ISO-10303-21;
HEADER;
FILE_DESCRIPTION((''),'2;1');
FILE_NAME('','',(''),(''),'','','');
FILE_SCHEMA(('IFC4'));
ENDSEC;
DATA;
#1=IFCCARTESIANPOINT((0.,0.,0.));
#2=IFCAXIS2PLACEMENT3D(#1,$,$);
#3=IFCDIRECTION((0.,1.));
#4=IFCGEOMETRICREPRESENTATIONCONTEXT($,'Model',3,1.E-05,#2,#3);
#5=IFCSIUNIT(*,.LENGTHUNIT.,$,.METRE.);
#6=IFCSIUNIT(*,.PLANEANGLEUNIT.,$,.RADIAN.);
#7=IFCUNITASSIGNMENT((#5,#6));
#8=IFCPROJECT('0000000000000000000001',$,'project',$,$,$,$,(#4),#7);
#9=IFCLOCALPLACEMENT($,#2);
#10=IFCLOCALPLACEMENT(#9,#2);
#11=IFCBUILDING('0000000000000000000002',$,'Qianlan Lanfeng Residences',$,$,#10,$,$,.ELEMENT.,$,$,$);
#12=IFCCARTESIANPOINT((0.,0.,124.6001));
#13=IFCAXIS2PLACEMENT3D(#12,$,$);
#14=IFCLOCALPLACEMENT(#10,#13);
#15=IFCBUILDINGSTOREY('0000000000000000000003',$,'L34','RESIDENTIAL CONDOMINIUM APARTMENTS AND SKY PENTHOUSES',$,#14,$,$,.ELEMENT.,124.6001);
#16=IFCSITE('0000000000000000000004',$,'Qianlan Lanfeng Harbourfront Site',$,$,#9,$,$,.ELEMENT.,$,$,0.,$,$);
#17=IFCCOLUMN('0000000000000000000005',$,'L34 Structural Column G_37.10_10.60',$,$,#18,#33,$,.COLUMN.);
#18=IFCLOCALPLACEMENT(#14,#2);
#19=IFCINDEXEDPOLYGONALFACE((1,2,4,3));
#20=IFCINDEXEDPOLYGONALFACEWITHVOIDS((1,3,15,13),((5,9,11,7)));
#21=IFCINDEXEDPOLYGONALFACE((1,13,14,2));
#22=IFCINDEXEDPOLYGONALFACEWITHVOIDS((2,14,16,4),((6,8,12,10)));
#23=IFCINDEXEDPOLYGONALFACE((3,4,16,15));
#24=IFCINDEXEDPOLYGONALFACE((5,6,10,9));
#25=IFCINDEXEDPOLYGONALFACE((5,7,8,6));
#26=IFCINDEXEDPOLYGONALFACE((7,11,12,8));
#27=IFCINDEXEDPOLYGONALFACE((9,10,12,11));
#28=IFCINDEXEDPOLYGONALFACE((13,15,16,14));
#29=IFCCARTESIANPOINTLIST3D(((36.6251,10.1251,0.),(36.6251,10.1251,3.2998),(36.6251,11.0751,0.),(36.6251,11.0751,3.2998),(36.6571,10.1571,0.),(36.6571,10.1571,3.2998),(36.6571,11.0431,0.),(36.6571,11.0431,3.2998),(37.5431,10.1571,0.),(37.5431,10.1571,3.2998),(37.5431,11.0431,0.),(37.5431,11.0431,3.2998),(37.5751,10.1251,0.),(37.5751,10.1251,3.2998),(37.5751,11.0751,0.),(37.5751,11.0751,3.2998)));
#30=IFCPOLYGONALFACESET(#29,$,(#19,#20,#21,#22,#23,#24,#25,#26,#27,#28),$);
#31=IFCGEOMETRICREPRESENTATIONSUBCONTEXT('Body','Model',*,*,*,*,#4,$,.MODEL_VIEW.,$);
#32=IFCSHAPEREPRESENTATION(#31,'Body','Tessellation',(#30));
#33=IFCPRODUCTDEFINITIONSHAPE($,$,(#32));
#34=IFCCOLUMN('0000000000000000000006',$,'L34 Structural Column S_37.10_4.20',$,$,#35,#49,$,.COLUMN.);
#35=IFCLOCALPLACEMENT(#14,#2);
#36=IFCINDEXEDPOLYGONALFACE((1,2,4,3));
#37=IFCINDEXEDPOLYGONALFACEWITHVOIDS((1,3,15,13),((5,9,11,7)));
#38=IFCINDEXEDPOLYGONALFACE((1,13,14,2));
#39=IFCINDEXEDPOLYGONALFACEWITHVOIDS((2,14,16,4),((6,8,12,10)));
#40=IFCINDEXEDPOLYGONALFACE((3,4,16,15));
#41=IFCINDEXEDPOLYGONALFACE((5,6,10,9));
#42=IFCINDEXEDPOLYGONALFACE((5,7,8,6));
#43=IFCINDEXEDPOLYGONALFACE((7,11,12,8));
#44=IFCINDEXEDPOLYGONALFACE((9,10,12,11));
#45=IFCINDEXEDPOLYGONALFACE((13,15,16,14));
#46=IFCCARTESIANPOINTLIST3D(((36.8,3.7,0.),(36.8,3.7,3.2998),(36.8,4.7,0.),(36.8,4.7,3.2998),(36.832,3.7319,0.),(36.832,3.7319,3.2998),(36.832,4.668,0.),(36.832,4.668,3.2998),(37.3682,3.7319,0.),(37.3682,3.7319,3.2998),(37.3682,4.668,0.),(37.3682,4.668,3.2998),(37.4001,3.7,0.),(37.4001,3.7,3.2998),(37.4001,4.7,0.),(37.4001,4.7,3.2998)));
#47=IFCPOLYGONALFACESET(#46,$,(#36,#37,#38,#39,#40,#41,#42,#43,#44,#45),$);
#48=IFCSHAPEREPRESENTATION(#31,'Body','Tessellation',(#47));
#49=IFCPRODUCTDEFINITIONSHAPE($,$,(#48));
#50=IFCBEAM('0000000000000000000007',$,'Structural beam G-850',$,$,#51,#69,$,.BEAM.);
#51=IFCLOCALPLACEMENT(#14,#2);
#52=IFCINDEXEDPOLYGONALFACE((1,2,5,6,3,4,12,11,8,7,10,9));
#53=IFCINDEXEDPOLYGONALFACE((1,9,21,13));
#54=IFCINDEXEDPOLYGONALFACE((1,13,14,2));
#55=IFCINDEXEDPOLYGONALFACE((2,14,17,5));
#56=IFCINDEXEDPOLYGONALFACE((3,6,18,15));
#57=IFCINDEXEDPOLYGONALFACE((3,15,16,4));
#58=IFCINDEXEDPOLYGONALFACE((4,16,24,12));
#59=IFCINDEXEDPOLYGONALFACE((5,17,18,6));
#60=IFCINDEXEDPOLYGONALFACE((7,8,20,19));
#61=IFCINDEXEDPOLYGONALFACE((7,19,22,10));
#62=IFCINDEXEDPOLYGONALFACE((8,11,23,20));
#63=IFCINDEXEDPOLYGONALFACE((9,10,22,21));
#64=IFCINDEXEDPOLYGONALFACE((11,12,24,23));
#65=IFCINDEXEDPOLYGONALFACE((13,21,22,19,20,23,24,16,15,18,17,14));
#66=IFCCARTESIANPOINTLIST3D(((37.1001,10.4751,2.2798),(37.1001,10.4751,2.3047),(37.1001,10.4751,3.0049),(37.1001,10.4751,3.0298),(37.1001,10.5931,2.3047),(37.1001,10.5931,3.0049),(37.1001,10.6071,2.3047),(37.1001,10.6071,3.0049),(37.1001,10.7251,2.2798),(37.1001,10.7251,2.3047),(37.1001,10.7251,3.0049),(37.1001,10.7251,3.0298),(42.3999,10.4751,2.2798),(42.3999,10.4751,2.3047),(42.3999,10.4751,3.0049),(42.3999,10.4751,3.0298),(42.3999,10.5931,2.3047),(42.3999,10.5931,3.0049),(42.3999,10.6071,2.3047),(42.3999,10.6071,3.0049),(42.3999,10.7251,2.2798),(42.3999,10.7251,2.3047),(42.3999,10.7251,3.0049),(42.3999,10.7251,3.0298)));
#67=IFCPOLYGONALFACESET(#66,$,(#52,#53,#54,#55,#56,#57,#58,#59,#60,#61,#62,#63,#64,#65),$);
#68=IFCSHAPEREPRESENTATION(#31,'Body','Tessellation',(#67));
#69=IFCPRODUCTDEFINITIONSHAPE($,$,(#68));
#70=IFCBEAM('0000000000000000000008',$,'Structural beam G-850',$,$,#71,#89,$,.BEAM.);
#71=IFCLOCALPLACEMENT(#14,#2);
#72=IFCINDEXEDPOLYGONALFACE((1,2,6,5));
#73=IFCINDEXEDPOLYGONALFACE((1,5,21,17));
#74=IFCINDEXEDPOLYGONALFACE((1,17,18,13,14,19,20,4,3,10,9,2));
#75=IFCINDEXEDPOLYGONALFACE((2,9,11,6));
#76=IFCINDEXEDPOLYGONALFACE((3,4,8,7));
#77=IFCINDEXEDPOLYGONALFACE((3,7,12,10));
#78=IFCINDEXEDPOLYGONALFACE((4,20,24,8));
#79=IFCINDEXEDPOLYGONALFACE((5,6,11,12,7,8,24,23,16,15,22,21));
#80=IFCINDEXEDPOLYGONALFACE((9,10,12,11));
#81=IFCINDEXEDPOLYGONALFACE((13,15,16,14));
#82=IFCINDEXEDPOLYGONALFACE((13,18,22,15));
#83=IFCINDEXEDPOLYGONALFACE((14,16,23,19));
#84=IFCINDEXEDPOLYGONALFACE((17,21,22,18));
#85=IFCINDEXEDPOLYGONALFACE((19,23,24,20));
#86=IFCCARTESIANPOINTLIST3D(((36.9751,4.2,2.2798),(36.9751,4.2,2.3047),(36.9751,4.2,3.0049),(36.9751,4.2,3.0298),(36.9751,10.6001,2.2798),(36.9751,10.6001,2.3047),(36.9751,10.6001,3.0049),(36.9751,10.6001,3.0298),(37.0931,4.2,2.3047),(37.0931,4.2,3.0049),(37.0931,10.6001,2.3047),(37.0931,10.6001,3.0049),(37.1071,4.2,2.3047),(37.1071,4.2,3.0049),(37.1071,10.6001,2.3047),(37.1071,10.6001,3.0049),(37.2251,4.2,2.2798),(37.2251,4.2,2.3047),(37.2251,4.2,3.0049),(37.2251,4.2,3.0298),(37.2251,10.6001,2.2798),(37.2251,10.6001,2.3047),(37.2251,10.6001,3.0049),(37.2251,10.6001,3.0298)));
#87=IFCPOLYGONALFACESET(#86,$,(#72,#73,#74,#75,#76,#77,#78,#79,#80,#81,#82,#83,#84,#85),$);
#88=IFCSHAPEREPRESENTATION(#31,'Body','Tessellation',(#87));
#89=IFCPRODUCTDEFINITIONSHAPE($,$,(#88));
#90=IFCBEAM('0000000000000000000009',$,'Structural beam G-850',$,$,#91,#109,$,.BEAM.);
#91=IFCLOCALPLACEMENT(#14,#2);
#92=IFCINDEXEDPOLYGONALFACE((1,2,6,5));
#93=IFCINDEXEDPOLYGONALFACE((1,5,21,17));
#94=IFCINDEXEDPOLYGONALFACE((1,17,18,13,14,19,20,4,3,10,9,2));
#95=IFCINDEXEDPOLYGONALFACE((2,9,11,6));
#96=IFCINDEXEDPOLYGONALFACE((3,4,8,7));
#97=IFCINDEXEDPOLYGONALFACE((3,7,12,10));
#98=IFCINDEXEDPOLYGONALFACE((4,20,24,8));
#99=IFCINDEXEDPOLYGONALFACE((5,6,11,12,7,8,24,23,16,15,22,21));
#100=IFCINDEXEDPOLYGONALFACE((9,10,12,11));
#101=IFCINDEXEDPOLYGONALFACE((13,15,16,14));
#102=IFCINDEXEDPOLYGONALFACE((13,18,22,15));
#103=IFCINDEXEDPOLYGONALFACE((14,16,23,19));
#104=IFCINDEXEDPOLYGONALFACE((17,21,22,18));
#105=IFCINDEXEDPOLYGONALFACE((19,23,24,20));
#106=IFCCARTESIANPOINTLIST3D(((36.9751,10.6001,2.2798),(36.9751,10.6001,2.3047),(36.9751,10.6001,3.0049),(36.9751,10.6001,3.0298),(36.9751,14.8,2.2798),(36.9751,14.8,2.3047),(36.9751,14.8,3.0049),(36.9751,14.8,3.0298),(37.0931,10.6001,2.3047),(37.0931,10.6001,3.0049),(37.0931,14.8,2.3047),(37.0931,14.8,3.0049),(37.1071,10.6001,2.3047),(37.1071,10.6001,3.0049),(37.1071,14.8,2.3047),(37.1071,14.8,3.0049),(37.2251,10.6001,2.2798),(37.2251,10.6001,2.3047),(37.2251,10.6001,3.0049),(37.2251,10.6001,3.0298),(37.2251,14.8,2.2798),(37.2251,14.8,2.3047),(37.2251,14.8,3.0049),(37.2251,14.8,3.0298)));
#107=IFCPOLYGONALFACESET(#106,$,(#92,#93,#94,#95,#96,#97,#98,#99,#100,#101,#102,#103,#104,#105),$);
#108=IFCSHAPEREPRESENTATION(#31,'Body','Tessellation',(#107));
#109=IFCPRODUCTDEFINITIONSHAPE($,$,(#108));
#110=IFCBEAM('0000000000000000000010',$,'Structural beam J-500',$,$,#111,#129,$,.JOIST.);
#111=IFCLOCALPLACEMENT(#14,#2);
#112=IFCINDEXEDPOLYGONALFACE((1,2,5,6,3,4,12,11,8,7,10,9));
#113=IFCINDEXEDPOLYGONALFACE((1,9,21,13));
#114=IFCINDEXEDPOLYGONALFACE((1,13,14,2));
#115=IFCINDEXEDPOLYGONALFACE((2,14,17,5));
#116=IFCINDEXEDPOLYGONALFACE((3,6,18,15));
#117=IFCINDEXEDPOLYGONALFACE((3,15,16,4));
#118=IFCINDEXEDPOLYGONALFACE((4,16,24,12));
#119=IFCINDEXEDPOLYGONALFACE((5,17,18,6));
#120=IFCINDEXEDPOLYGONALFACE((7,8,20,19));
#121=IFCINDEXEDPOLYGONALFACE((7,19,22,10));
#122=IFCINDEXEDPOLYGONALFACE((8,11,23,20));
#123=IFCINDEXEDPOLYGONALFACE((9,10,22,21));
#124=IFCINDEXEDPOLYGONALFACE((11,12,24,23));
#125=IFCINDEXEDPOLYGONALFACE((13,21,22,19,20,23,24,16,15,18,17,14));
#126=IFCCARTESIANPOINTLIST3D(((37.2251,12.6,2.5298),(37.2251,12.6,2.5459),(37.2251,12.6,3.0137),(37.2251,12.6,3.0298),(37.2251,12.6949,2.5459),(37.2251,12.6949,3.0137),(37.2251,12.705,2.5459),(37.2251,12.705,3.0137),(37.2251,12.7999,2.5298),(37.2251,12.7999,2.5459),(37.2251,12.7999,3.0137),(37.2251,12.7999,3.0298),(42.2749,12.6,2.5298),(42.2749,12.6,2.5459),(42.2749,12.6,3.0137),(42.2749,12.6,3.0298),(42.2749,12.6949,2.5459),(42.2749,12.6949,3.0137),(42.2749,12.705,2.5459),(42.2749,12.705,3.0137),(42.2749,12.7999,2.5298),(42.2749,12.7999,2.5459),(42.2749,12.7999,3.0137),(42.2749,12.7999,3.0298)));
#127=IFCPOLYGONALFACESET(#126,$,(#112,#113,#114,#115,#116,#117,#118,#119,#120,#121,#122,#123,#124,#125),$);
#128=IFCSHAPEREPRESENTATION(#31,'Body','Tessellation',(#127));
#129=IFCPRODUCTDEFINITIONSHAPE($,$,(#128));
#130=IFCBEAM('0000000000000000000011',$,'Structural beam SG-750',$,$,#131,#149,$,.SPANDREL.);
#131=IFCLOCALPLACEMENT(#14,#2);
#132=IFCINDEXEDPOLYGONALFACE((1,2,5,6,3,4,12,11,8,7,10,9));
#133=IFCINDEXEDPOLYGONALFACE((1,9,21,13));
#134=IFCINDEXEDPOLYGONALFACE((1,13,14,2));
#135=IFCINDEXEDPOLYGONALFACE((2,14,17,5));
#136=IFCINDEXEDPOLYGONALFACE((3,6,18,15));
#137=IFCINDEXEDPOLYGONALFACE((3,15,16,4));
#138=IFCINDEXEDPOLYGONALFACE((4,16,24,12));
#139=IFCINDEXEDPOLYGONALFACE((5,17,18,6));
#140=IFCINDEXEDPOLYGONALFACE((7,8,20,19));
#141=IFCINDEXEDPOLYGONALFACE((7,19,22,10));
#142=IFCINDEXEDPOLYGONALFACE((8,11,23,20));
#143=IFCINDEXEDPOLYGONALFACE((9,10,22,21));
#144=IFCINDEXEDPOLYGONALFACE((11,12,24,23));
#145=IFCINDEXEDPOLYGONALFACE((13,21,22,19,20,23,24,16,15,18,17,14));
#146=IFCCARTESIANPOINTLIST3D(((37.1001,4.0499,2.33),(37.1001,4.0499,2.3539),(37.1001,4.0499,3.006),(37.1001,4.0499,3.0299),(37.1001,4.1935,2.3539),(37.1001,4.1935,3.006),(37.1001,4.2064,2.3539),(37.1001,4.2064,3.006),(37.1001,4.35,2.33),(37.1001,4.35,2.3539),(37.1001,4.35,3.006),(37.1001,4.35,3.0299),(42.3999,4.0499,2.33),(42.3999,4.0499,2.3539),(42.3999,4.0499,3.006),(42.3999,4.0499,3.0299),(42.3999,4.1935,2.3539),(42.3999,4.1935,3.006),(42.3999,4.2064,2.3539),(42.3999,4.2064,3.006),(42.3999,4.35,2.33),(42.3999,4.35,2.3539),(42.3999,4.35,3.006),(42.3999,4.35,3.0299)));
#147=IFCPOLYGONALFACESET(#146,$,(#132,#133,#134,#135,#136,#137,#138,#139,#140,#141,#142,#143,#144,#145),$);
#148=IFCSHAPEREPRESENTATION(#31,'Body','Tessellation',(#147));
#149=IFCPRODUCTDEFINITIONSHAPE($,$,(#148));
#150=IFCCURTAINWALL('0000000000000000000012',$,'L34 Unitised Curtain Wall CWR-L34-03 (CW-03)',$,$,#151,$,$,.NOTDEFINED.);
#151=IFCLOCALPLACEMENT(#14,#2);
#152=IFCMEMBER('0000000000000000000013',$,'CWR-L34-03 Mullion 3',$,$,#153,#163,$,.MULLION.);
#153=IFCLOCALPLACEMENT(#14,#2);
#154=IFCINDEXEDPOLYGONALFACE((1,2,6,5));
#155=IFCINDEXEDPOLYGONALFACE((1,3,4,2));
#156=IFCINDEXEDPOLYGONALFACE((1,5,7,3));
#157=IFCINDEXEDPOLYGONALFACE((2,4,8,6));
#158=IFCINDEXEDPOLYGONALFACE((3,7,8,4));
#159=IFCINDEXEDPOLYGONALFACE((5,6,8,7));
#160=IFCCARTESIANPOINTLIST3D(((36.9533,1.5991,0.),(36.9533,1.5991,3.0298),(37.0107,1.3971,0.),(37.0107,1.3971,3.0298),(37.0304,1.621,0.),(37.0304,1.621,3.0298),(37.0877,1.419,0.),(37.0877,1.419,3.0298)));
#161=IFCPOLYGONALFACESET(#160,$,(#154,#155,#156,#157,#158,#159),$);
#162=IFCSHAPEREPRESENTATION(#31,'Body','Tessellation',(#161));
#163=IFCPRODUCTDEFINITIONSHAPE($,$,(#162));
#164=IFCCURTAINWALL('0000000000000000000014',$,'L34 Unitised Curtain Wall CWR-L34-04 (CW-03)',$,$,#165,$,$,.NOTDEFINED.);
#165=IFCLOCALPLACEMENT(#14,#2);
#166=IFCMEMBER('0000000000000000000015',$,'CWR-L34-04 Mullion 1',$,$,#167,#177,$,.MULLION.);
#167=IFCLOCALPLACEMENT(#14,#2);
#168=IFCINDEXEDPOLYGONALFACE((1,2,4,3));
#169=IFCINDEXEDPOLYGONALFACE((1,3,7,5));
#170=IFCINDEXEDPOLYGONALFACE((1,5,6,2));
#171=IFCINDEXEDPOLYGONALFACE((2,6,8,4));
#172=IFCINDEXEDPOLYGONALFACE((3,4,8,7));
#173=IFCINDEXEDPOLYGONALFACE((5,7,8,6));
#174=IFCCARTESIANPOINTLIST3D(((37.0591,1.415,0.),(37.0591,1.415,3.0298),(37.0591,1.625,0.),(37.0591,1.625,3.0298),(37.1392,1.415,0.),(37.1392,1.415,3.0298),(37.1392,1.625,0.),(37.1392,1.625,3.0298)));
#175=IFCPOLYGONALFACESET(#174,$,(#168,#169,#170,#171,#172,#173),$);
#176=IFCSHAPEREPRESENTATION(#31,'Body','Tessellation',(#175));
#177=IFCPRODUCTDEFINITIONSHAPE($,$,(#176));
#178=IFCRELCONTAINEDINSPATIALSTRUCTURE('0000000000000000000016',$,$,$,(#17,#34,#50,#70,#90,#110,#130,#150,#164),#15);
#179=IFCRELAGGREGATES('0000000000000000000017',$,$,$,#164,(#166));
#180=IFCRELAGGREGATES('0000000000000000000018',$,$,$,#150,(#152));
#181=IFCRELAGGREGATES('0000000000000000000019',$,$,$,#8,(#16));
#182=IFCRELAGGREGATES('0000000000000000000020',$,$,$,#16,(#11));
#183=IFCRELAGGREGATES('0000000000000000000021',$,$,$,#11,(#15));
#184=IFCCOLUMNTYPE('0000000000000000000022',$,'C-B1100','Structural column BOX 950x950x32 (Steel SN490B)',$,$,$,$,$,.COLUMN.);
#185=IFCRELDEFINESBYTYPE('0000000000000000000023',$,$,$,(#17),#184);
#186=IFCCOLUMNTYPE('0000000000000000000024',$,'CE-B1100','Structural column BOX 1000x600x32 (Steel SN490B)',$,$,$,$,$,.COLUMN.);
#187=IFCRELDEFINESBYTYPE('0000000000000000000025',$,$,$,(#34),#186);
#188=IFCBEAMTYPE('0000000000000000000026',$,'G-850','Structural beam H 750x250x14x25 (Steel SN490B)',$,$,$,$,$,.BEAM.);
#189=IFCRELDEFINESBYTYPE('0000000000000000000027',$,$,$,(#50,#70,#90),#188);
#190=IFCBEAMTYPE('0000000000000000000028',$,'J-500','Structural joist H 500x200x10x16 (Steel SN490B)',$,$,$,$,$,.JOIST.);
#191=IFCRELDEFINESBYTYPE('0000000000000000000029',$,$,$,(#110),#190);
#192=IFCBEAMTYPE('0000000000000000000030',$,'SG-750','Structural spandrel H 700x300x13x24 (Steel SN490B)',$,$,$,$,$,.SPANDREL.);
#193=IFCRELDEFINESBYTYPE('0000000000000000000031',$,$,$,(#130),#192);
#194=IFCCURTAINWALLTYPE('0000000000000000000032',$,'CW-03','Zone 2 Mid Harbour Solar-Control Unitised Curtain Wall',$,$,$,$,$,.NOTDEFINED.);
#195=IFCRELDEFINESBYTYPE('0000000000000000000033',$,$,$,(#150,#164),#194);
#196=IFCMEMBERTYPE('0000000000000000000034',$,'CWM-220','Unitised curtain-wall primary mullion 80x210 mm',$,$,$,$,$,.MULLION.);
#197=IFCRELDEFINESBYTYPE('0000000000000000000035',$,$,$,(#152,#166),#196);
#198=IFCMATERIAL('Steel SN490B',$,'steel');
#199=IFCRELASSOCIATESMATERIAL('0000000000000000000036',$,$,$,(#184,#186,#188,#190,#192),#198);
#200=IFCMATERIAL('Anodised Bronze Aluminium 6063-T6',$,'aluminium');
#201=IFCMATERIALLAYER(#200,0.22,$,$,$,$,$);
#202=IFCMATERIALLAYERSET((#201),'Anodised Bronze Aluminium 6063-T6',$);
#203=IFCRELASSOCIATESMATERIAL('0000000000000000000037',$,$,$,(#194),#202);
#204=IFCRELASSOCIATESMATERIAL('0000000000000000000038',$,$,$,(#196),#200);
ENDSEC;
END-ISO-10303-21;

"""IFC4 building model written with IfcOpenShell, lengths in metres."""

from ifc_helpers import new_model, si_unit, direction, frame, origin, origin_2d, place, context, subcontext, project, spatial, rectangle, hollow_rectangle, i_section, extrude, source, transform, mapped, material, layer, layer_set, material_profile, profile_set, type_object, element, aggregate, save


model = new_model("IFC4")

# Units and contexts
model_context = context("Model", 3, precision=1e-05, world=origin(), true_north=direction((0.0, 1.0)))
body_context = subcontext(model_context, "Body", "Model", "MODEL_VIEW")
ifc_project = project(units=[si_unit("LENGTHUNIT", "METRE"), si_unit("PLANEANGLEUNIT", "RADIAN")], contexts=[model_context])

# Site, building, storey
site_placement = place(None, origin())
site = spatial("IfcSite", under=ifc_project, at=site_placement, Name="Qianlan Lanfeng Harbourfront Site", CompositionType="ELEMENT", RefElevation=0.0)
building_placement = place(site_placement, origin())
building = spatial("IfcBuilding", under=site, at=building_placement, Name="Qianlan Lanfeng Residences", CompositionType="ELEMENT")
storey_placement = place(building_placement, frame((0.0, 0.0, 124.6001)))
storey = spatial("IfcBuildingStorey", under=building, at=storey_placement, Name="L34", Description="RESIDENTIAL CONDOMINIUM APARTMENTS AND SKY PENTHOUSES", CompositionType="ELEMENT", Elevation=124.6001)

# Columns
ifc_material_1 = material(Name="Steel SN490B", Category="steel")
ifc_material_profile_1 = material_profile(ifc_material_1, hollow_rectangle(XDim=0.95, YDim=0.95, WallThickness=0.032, at=origin_2d()), Name="BOX 950x950x32")
ifc_profile_set_1 = profile_set([ifc_material_profile_1], Name="Steel SN490B")
column_type_1 = type_object("IfcColumnType", Name="C-B1100", Description="Structural column BOX 950x950x32 (Steel SN490B)", PredefinedType="COLUMN", material=ifc_profile_set_1)
column_1_placement = place(storey_placement, frame((37.1001, 10.6001, 0.0), z_axis=(0.0, 0.0, 1.0), x_axis=(1.0, 0.0, 0.0)))
element("IfcColumn", 1, at=column_1_placement, inside=storey, type_object=column_type_1, Name="L34 Structural Column G_37.10_10.60", PredefinedType="COLUMN", context=body_context, shape_type="SweptSolid", body=[
    extrude(hollow_rectangle(XDim=0.95, YDim=0.95, WallThickness=0.032, at=origin_2d()), origin(), (0.0, 0.0, 1.0), 3.2998),
])
ifc_material_profile_2 = material_profile(ifc_material_1, hollow_rectangle(XDim=0.6001, YDim=1.0, WallThickness=0.032, at=origin_2d()), Name="BOX 1000x600x32")
ifc_profile_set_2 = profile_set([ifc_material_profile_2], Name="Steel SN490B")
column_type_2 = type_object("IfcColumnType", Name="CE-B1100", Description="Structural column BOX 1000x600x32 (Steel SN490B)", PredefinedType="COLUMN", material=ifc_profile_set_2)
column_2_placement = place(storey_placement, frame((37.1001, 4.2, 0.0), z_axis=(0.0, 0.0, 1.0), x_axis=(1.0, 0.0, 0.0)))
element("IfcColumn", 2, at=column_2_placement, inside=storey, type_object=column_type_2, Name="L34 Structural Column S_37.10_4.20", PredefinedType="COLUMN", context=body_context, shape_type="SweptSolid", body=[
    extrude(hollow_rectangle(XDim=0.6001, YDim=1.0, WallThickness=0.032, at=origin_2d()), origin(), (0.0, 0.0, 1.0), 3.2998),
])

# Beams
ifc_material_profile_3 = material_profile(ifc_material_1, i_section(OverallWidth=0.25, OverallDepth=0.75, WebThickness=0.0139, FlangeThickness=0.0249, at=origin_2d()), Name="H 750x250x14x25")
ifc_profile_set_3 = profile_set([ifc_material_profile_3], Name="Steel SN490B")
beam_type_1 = type_object("IfcBeamType", Name="G-850", Description="Structural beam H 750x250x14x25 (Steel SN490B)", PredefinedType="BEAM", material=ifc_profile_set_3)
beam_1_placement = place(storey_placement, frame((37.1001, 10.6001, 2.6548), z_axis=(1.0, 0.0, 0.0), x_axis=(0.0, 1.0, 0.0)))
element("IfcBeam", 3, at=beam_1_placement, inside=storey, type_object=beam_type_1, Name="Structural beam G-850", PredefinedType="BEAM", context=body_context, shape_type="SweptSolid", body=[
    extrude(i_section(OverallWidth=0.25, OverallDepth=0.75, WebThickness=0.0139, FlangeThickness=0.0249, at=origin_2d()), origin(), (0.0, 0.0, 1.0), 5.2998),
])
beam_2_placement = place(storey_placement, frame((37.1001, 4.2, 2.6548), z_axis=(0.0, 1.0, 0.0), x_axis=(-1.0, 0.0, 0.0)))
element("IfcBeam", 4, at=beam_2_placement, inside=storey, type_object=beam_type_1, Name="Structural beam G-850", PredefinedType="BEAM", context=body_context, shape_type="SweptSolid", body=[
    extrude(i_section(OverallWidth=0.25, OverallDepth=0.75, WebThickness=0.0139, FlangeThickness=0.0249, at=origin_2d()), origin(), (0.0, 0.0, 1.0), 6.4001),
])
beam_3_placement = place(storey_placement, frame((37.1001, 10.6001, 2.6548), z_axis=(0.0, 1.0, 0.0), x_axis=(-1.0, 0.0, 0.0)))
element("IfcBeam", 5, at=beam_3_placement, inside=storey, type_object=beam_type_1, Name="Structural beam G-850", PredefinedType="BEAM", context=body_context, shape_type="SweptSolid", body=[
    extrude(i_section(OverallWidth=0.25, OverallDepth=0.75, WebThickness=0.0139, FlangeThickness=0.0249, at=origin_2d()), origin(), (0.0, 0.0, 1.0), 4.2),
])
ifc_material_profile_4 = material_profile(ifc_material_1, i_section(OverallWidth=0.2, OverallDepth=0.5, WebThickness=0.01, FlangeThickness=0.0161, at=origin_2d()), Name="H 500x200x10x16")
ifc_profile_set_4 = profile_set([ifc_material_profile_4], Name="Steel SN490B")
beam_type_2 = type_object("IfcBeamType", Name="J-500", Description="Structural joist H 500x200x10x16 (Steel SN490B)", PredefinedType="JOIST", material=ifc_profile_set_4)
beam_4_placement = place(storey_placement, frame((37.2251, 12.7, 2.7798), z_axis=(1.0, 0.0, 0.0), x_axis=(0.0, 1.0, 0.0)))
element("IfcBeam", 6, at=beam_4_placement, inside=storey, type_object=beam_type_2, Name="Structural beam J-500", PredefinedType="JOIST", context=body_context, shape_type="SweptSolid", body=[
    extrude(i_section(OverallWidth=0.2, OverallDepth=0.5, WebThickness=0.01, FlangeThickness=0.0161, at=origin_2d()), origin(), (0.0, 0.0, 1.0), 5.0498),
])
ifc_material_profile_5 = material_profile(ifc_material_1, i_section(OverallWidth=0.3, OverallDepth=0.7, WebThickness=0.0129, FlangeThickness=0.0239, at=origin_2d()), Name="H 700x300x13x24")
ifc_profile_set_5 = profile_set([ifc_material_profile_5], Name="Steel SN490B")
beam_type_3 = type_object("IfcBeamType", Name="SG-750", Description="Structural spandrel H 700x300x13x24 (Steel SN490B)", PredefinedType="SPANDREL", material=ifc_profile_set_5)
beam_5_placement = place(storey_placement, frame((37.1001, 4.2, 2.6799), z_axis=(1.0, 0.0, 0.0), x_axis=(0.0, 1.0, 0.0)))
element("IfcBeam", 7, at=beam_5_placement, inside=storey, type_object=beam_type_3, Name="Structural beam SG-750", PredefinedType="SPANDREL", context=body_context, shape_type="SweptSolid", body=[
    extrude(i_section(OverallWidth=0.3, OverallDepth=0.7, WebThickness=0.0129, FlangeThickness=0.0239, at=origin_2d()), origin(), (0.0, 0.0, 1.0), 5.2998),
])

# Curtain wall, member
ifc_material_2 = material(Name="Anodised Bronze Aluminium 6063-T6", Category="aluminium")
ifc_layer_1 = layer(ifc_material_2, 0.22)
ifc_layer_set_1 = layer_set([ifc_layer_1], Name="Anodised Bronze Aluminium 6063-T6")
curtain_wall_type = type_object("IfcCurtainWallType", Name="CW-03", Description="Zone 2 Mid Harbour Solar-Control Unitised Curtain Wall", PredefinedType="NOTDEFINED", material=ifc_layer_set_1)
curtain_wall_1_placement = place(storey_placement, origin())
curtain_wall_1 = element("IfcCurtainWall", 8, at=curtain_wall_1_placement, inside=storey, type_object=curtain_wall_type, Name="L34 Unitised Curtain Wall CWR-L34-03 (CW-03)", PredefinedType="NOTDEFINED")
ifc_material_profile_6 = material_profile(ifc_material_2, rectangle(XDim=0.0801, YDim=0.21, at=origin_2d()), Name="ALU MULLION 80x210")
ifc_profile_set_6 = profile_set([ifc_material_profile_6], Name="Anodised Bronze Aluminium 6063-T6")
member_type_1 = type_object("IfcMemberType", Name="CWM-220", Description="Unitised curtain-wall primary mullion 80x210 mm", PredefinedType="MULLION", material=ifc_profile_set_6)
shared_shape_1 = source(origin(), body_context, "Body", "SweptSolid", [
    extrude(rectangle(XDim=0.0801, YDim=0.21, at=origin_2d()), origin(), (0.0, 0.0, 1.0), 3.0298),
])
member_1_placement = place(storey_placement, frame((37.0205, 1.509, 0.0), z_axis=(0.0, 0.0, 1.0), x_axis=(0.961989, 0.273088, 0.0)))
member_1 = element("IfcMember", 9, at=member_1_placement, type_object=member_type_1, Name="CWR-L34-03 Mullion 3", PredefinedType="MULLION", context=body_context, shape_type="MappedRepresentation", body=[
    mapped(shared_shape_1, transform((0.0, 0.0, 0.0), scale=1.0)),
])

# Curtain wall, member
curtain_wall_2_placement = place(storey_placement, origin())
curtain_wall_2 = element("IfcCurtainWall", 10, at=curtain_wall_2_placement, inside=storey, type_object=curtain_wall_type, Name="L34 Unitised Curtain Wall CWR-L34-04 (CW-03)", PredefinedType="NOTDEFINED")
member_2_placement = place(storey_placement, frame((37.0991, 1.52, 0.0), z_axis=(0.0, 0.0, 1.0), x_axis=(1.0, 0.0, 0.0)))
member_2 = element("IfcMember", 11, at=member_2_placement, type_object=member_type_1, Name="CWR-L34-04 Mullion 1", PredefinedType="MULLION", context=body_context, shape_type="MappedRepresentation", body=[
    mapped(shared_shape_1, transform((0.0, 0.0, 0.0), scale=1.0)),
])

aggregate(curtain_wall_2, [member_2])
aggregate(curtain_wall_1, [member_1])

save(model, "model.ifc")
